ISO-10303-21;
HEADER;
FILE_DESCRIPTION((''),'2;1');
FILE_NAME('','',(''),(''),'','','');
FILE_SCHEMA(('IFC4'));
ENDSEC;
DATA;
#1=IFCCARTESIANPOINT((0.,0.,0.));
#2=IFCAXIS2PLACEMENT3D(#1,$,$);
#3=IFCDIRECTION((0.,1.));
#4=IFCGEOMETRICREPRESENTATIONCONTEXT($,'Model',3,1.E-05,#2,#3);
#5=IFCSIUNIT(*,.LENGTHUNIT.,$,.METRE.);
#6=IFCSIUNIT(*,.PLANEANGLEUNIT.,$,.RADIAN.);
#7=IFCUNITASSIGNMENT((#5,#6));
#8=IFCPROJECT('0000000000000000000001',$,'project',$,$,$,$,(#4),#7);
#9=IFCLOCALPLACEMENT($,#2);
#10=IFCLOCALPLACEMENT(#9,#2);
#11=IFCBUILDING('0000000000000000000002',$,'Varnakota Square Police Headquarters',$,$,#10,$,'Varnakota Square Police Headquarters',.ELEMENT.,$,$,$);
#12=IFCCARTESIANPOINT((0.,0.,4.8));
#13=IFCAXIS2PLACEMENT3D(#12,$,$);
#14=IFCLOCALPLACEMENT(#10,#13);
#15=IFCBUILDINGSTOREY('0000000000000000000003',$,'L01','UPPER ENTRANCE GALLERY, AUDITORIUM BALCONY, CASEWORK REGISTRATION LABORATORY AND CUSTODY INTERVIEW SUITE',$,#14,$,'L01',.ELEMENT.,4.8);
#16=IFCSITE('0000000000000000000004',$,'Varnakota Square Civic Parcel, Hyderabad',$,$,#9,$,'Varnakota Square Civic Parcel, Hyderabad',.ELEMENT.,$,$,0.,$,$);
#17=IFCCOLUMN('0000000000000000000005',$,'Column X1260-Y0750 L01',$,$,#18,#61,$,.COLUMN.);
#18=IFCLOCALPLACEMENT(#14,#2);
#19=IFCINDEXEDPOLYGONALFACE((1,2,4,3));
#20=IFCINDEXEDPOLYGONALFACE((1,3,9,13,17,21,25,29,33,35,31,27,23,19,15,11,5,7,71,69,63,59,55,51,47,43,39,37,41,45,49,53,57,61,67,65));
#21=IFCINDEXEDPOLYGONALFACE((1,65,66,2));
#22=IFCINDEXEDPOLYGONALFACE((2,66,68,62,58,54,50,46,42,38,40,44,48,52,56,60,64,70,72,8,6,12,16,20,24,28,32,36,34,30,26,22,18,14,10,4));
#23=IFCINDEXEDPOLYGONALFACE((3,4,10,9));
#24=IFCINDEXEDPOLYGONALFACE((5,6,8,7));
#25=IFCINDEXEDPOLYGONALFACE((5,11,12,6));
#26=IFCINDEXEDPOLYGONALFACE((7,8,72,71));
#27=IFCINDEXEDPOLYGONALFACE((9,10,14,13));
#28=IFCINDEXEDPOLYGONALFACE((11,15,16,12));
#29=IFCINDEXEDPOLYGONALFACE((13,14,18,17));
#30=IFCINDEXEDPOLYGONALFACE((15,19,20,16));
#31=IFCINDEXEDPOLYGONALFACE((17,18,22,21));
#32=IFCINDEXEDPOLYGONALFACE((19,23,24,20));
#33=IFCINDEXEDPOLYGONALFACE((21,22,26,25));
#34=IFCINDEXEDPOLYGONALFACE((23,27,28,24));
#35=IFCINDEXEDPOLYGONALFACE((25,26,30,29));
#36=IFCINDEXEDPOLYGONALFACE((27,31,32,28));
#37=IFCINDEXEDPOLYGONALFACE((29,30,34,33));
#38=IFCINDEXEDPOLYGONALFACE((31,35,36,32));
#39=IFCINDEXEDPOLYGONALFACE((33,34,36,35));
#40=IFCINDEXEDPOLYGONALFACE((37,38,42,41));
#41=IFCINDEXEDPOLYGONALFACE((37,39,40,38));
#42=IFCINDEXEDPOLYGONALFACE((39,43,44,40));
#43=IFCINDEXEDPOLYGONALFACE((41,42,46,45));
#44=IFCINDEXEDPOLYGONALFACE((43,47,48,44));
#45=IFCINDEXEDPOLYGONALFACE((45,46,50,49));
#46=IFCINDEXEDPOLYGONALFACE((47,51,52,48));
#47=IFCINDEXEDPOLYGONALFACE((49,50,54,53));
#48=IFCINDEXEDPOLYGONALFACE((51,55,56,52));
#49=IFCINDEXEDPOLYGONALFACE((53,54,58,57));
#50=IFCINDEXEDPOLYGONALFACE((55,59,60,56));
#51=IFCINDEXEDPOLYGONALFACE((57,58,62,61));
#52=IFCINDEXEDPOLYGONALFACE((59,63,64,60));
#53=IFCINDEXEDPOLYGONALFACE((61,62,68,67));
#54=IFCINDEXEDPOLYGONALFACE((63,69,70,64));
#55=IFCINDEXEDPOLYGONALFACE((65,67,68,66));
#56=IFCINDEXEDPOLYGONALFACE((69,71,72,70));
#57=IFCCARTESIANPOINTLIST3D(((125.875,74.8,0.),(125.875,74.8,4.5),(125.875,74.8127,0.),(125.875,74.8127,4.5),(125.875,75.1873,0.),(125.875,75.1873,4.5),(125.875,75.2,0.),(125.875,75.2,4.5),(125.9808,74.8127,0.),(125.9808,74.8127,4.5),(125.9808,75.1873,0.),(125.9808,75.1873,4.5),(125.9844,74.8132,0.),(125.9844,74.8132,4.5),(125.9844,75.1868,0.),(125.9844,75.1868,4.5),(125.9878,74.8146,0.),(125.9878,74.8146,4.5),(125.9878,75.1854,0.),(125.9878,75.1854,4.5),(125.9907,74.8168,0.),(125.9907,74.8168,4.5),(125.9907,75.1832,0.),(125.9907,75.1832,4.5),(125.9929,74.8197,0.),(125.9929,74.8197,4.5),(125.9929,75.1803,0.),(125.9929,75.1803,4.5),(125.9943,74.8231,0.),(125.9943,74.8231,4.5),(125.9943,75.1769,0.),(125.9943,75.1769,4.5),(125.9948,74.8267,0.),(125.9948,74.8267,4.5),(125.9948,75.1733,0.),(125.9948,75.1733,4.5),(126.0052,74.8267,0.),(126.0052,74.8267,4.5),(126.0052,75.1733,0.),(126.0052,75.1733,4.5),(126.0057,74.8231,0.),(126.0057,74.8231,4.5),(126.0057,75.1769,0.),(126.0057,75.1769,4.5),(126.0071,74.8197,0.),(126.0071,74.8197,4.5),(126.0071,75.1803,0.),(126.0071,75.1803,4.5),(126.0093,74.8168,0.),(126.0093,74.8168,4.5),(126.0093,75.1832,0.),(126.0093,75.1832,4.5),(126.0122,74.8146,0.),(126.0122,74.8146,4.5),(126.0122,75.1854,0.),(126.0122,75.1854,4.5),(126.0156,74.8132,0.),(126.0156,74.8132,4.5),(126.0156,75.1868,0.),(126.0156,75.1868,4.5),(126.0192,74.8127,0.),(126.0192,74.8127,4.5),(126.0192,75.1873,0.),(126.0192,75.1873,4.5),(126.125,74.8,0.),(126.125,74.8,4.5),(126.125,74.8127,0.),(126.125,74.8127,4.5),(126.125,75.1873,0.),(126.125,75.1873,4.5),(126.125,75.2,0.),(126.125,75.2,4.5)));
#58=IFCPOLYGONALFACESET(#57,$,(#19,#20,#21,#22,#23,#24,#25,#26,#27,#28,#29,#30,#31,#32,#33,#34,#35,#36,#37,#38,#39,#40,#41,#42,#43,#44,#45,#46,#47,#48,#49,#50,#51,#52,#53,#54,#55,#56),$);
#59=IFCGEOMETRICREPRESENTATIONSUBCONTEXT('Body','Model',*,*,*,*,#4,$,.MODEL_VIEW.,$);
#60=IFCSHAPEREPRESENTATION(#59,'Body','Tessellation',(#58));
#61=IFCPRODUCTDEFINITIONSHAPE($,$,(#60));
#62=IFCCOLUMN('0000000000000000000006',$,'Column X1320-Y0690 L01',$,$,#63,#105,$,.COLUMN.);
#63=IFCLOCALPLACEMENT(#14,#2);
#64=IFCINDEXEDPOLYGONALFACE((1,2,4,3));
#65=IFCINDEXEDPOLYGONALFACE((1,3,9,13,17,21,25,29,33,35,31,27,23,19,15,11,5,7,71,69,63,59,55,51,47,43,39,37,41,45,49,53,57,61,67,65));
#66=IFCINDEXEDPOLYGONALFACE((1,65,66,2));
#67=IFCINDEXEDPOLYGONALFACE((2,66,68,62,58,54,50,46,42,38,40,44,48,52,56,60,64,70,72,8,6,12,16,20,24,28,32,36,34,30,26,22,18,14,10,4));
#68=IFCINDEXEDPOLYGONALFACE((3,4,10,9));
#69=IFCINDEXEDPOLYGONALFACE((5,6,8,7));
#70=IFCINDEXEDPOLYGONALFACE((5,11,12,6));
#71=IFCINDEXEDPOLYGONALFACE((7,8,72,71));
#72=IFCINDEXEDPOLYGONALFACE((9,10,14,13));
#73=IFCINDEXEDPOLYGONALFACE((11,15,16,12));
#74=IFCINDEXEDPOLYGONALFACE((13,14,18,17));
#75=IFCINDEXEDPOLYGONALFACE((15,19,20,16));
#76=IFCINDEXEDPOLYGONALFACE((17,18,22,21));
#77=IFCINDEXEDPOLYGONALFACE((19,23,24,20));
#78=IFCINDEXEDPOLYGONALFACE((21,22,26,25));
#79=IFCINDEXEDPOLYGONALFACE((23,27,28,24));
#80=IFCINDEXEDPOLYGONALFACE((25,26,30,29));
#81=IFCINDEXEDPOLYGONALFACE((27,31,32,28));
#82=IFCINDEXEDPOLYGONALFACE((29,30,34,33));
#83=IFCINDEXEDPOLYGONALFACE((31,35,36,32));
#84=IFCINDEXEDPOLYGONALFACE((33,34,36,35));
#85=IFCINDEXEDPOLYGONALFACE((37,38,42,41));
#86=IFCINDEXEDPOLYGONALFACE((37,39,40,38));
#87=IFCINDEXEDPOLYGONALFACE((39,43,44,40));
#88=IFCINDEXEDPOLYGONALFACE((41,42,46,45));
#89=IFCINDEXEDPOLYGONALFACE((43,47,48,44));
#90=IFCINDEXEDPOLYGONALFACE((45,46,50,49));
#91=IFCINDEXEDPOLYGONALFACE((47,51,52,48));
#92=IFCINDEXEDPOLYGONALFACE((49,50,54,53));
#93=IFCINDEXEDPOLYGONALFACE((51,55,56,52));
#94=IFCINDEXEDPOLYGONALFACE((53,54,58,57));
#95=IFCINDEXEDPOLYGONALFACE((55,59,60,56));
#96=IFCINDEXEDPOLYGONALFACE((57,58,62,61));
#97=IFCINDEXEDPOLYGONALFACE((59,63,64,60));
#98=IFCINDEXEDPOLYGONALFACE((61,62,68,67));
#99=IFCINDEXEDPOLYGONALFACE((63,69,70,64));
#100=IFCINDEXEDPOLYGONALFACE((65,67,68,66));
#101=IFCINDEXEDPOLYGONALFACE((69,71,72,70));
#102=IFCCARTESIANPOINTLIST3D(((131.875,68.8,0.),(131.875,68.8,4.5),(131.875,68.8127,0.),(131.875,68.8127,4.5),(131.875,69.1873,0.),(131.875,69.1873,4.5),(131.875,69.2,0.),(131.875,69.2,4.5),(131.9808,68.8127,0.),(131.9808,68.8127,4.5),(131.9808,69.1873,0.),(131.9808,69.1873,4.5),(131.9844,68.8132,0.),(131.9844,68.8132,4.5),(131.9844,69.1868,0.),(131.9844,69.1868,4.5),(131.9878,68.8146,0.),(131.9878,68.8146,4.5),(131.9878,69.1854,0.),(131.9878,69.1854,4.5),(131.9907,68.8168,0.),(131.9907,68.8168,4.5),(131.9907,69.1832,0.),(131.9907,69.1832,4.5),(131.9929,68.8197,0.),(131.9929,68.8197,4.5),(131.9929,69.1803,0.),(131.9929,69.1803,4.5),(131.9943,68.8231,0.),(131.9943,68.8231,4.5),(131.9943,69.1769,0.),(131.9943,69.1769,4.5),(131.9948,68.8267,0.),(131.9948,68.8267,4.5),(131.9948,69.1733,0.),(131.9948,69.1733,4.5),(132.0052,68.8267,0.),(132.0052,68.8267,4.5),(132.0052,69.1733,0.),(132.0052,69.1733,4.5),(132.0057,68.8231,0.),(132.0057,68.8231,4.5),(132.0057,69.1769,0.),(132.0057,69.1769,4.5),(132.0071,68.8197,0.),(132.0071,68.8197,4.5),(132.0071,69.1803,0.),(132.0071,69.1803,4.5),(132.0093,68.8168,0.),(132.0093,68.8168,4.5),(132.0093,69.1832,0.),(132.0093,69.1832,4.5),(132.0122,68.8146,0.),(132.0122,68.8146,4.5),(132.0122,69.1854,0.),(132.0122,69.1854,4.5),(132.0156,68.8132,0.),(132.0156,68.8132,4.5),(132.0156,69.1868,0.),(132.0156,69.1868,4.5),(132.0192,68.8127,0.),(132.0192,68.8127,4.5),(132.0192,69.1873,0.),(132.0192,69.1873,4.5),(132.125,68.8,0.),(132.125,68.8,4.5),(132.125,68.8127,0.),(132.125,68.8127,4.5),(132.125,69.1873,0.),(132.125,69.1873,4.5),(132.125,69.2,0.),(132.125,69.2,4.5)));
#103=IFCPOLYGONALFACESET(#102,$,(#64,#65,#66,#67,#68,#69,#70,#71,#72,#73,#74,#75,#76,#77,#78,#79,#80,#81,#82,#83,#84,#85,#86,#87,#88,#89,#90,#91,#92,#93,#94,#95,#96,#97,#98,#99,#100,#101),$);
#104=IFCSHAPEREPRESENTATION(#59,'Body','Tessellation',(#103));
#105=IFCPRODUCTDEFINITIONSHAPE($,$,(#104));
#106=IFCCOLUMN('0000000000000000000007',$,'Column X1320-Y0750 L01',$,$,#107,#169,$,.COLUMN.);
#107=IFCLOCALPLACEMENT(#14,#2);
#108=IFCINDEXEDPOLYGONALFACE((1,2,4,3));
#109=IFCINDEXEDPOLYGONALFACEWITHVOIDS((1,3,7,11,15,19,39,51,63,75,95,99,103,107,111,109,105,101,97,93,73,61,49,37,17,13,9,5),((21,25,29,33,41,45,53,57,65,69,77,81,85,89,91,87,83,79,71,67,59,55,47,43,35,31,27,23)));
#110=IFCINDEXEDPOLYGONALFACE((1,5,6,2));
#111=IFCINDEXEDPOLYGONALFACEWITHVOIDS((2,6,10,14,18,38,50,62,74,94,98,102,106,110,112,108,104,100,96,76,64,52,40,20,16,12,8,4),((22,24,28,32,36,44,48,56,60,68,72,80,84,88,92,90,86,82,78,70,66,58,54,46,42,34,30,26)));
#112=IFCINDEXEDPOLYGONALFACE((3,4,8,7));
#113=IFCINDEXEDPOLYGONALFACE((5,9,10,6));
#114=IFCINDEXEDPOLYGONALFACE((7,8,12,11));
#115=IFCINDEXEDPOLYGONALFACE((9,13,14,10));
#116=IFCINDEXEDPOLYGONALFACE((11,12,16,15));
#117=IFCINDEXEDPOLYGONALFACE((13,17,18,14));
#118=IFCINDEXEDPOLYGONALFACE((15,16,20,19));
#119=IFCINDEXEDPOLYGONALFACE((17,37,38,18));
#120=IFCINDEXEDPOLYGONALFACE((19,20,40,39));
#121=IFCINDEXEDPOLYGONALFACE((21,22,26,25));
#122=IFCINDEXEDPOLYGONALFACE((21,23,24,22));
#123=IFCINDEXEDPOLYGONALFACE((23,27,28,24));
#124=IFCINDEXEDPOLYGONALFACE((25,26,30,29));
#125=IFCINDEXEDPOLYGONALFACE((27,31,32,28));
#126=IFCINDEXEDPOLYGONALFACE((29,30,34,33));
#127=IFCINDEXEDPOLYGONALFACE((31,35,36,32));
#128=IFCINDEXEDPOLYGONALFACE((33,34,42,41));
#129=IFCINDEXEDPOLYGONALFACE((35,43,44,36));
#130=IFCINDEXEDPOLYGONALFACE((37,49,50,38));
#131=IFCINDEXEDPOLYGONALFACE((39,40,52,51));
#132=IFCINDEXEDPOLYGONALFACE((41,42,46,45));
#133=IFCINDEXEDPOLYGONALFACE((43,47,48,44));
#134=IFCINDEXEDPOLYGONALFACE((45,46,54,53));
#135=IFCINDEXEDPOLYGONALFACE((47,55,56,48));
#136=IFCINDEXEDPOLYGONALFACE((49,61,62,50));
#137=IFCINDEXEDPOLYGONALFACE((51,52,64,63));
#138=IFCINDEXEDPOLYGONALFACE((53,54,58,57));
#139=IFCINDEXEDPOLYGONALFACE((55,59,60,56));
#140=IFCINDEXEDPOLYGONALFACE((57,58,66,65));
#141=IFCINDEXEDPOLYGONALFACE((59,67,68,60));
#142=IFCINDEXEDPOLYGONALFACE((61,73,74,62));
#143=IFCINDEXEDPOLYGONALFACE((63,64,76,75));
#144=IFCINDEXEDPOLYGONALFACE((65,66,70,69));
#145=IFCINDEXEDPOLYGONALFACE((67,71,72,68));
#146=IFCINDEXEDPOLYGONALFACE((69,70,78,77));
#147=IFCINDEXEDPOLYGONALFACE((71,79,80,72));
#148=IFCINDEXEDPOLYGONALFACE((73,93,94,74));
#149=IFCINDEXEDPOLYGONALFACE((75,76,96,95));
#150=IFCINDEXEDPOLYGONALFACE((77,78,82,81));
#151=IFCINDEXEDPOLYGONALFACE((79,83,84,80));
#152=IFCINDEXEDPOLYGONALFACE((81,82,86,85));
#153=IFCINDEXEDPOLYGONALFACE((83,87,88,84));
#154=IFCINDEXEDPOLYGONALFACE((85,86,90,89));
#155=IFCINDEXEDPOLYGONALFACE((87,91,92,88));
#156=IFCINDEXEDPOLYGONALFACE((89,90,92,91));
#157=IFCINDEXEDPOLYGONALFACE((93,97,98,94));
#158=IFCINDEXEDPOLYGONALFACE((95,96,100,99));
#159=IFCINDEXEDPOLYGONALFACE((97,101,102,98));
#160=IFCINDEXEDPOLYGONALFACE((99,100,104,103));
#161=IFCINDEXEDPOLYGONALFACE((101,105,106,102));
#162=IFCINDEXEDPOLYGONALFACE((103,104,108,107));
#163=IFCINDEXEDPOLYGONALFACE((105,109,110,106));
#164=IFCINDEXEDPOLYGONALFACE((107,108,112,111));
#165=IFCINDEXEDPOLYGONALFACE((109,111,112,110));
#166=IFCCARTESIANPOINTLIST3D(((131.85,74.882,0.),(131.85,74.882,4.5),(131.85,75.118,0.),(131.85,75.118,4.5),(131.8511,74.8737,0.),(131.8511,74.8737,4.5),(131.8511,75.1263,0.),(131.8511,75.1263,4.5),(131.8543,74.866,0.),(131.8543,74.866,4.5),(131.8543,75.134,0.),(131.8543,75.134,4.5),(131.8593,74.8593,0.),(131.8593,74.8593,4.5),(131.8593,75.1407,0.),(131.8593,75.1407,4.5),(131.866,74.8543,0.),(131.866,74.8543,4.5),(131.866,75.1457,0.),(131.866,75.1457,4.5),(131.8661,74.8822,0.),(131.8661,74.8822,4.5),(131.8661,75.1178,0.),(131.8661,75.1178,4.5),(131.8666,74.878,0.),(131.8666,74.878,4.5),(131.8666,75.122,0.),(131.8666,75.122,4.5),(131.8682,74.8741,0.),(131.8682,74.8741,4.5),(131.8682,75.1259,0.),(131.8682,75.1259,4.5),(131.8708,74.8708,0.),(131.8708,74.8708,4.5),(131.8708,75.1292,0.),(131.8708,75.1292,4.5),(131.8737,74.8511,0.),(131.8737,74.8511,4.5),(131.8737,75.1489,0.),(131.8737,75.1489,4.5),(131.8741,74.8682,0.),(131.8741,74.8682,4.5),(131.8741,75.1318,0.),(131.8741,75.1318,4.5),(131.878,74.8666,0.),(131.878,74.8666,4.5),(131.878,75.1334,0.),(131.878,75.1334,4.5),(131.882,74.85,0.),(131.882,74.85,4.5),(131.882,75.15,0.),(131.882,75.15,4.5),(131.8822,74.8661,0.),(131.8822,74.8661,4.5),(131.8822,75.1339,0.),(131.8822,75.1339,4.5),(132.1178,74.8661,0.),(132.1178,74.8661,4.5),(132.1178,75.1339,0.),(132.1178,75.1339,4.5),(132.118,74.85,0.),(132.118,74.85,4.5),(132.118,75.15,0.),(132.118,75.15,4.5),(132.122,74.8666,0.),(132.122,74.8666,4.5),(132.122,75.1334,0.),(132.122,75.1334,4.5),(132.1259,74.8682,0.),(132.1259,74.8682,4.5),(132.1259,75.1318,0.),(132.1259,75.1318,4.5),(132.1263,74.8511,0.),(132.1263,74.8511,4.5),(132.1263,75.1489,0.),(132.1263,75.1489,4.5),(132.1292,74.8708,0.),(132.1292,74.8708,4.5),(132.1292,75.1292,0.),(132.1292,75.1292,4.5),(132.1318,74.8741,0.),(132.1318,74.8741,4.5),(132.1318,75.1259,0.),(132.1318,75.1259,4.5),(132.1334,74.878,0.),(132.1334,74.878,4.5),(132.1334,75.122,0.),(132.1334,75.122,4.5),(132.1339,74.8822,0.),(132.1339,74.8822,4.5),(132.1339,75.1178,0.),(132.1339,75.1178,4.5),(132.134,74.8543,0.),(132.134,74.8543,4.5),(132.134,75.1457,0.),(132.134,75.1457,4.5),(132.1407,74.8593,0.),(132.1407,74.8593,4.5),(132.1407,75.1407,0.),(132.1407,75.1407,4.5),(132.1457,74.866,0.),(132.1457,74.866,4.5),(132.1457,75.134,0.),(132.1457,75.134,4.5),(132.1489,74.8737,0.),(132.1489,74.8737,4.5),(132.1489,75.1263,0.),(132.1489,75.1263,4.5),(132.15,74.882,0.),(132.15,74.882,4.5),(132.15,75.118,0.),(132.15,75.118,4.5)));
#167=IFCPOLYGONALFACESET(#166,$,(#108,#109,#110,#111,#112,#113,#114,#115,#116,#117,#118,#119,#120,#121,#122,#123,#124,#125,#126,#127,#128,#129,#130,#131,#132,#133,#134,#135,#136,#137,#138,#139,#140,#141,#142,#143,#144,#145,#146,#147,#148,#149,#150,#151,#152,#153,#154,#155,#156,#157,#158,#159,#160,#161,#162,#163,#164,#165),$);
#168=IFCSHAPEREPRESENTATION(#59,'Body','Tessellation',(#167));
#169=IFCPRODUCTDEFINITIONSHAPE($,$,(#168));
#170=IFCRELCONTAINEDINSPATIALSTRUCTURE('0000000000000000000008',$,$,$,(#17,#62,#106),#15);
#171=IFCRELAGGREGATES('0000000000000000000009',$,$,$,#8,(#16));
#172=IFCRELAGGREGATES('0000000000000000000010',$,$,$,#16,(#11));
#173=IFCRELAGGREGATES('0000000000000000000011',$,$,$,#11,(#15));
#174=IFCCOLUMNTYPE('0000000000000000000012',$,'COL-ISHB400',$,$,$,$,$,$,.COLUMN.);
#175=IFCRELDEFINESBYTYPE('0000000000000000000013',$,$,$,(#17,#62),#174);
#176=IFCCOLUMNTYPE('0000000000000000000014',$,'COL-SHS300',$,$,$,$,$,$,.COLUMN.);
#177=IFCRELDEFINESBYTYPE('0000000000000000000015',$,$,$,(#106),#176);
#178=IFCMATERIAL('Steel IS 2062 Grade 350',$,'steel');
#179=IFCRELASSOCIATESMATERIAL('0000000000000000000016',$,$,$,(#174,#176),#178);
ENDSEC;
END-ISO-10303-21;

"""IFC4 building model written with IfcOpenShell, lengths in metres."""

from ifc_helpers import new_model, si_unit, direction, frame, origin, origin_2d, place, context, subcontext, project, spatial, hollow_rectangle, i_section, extrude, material, material_profile, profile_set, type_object, element, save


model = new_model("IFC4")

# Units and contexts
model_context = context("Model", 3, precision=1e-05, world=origin(), true_north=direction((0.0, 1.0)))
body_context = subcontext(model_context, "Body", "Model", "MODEL_VIEW")
ifc_project = project(units=[si_unit("LENGTHUNIT", "METRE"), si_unit("PLANEANGLEUNIT", "RADIAN")], contexts=[model_context])

# Site, building, storey
site_placement = place(None, origin())
site = spatial("IfcSite", under=ifc_project, at=site_placement, Name="Varnakota Square Civic Parcel, Hyderabad", LongName="Varnakota Square Civic Parcel, Hyderabad", CompositionType="ELEMENT", RefElevation=0.0)
building_placement = place(site_placement, origin())
building = spatial("IfcBuilding", under=site, at=building_placement, Name="Varnakota Square Police Headquarters", LongName="Varnakota Square Police Headquarters", CompositionType="ELEMENT")
storey_placement = place(building_placement, frame((0.0, 0.0, 4.8)))
storey = spatial("IfcBuildingStorey", under=building, at=storey_placement, Name="L01", Description="UPPER ENTRANCE GALLERY, AUDITORIUM BALCONY, CASEWORK REGISTRATION LABORATORY AND CUSTODY INTERVIEW SUITE", LongName="L01", CompositionType="ELEMENT", Elevation=4.8)

# Columns
ifc_material_1 = material(Name="Steel IS 2062 Grade 350", Category="steel")
ifc_material_profile_1 = material_profile(ifc_material_1, i_section(OverallWidth=0.25, OverallDepth=0.3999, WebThickness=0.0105, FlangeThickness=0.0127, FilletRadius=0.0139, at=origin_2d()), Name="ISHB 400")
ifc_profile_set_1 = profile_set([ifc_material_profile_1], Name="Steel IS 2062 Grade 350")
column_type_1 = type_object("IfcColumnType", Name="COL-ISHB400", PredefinedType="COLUMN", material=ifc_profile_set_1)
for number, where, z_axis, x_axis, name in (
    (1, (126.0, 75.0, 0.0), (0.0, 0.0, 1.0), (1.0, 0.0, 0.0), "Column X1260-Y0750 L01"),
    (2, (132.0, 69.0, 0.0), (0.0, 0.0, 1.0), (1.0, 0.0, 0.0), "Column X1320-Y0690 L01"),
):
    element("IfcColumn", number, at=place(storey_placement, frame(where, z_axis=z_axis, x_axis=x_axis)), inside=storey, type_object=column_type_1, Name=name, PredefinedType="COLUMN", context=body_context, shape_type="SweptSolid", body=[
        extrude(i_section(OverallWidth=0.25, OverallDepth=0.3999, WebThickness=0.0105, FlangeThickness=0.0127, FilletRadius=0.0139, at=origin_2d()), origin(), (0.0, 0.0, 1.0), 4.5),
    ])
ifc_material_profile_2 = material_profile(ifc_material_1, hollow_rectangle(XDim=0.3, YDim=0.3, WallThickness=0.0161, InnerFilletRadius=0.0161, OuterFilletRadius=0.032, at=origin_2d()), Name="SHS 300x300x16")
ifc_profile_set_2 = profile_set([ifc_material_profile_2], Name="Steel IS 2062 Grade 350")
column_type_2 = type_object("IfcColumnType", Name="COL-SHS300", PredefinedType="COLUMN", material=ifc_profile_set_2)
for number, where, z_axis, x_axis, name in (
    (3, (132.0, 75.0, 0.0), (0.0, 0.0, 1.0), (1.0, 0.0, 0.0), "Column X1320-Y0750 L01"),
):
    element("IfcColumn", number, at=place(storey_placement, frame(where, z_axis=z_axis, x_axis=x_axis)), inside=storey, type_object=column_type_2, Name=name, PredefinedType="COLUMN", context=body_context, shape_type="SweptSolid", body=[
        extrude(hollow_rectangle(XDim=0.3, YDim=0.3, WallThickness=0.0161, InnerFilletRadius=0.0161, OuterFilletRadius=0.032, at=origin_2d()), origin(), (0.0, 0.0, 1.0), 4.5),
    ])

save(model, "model.ifc")
